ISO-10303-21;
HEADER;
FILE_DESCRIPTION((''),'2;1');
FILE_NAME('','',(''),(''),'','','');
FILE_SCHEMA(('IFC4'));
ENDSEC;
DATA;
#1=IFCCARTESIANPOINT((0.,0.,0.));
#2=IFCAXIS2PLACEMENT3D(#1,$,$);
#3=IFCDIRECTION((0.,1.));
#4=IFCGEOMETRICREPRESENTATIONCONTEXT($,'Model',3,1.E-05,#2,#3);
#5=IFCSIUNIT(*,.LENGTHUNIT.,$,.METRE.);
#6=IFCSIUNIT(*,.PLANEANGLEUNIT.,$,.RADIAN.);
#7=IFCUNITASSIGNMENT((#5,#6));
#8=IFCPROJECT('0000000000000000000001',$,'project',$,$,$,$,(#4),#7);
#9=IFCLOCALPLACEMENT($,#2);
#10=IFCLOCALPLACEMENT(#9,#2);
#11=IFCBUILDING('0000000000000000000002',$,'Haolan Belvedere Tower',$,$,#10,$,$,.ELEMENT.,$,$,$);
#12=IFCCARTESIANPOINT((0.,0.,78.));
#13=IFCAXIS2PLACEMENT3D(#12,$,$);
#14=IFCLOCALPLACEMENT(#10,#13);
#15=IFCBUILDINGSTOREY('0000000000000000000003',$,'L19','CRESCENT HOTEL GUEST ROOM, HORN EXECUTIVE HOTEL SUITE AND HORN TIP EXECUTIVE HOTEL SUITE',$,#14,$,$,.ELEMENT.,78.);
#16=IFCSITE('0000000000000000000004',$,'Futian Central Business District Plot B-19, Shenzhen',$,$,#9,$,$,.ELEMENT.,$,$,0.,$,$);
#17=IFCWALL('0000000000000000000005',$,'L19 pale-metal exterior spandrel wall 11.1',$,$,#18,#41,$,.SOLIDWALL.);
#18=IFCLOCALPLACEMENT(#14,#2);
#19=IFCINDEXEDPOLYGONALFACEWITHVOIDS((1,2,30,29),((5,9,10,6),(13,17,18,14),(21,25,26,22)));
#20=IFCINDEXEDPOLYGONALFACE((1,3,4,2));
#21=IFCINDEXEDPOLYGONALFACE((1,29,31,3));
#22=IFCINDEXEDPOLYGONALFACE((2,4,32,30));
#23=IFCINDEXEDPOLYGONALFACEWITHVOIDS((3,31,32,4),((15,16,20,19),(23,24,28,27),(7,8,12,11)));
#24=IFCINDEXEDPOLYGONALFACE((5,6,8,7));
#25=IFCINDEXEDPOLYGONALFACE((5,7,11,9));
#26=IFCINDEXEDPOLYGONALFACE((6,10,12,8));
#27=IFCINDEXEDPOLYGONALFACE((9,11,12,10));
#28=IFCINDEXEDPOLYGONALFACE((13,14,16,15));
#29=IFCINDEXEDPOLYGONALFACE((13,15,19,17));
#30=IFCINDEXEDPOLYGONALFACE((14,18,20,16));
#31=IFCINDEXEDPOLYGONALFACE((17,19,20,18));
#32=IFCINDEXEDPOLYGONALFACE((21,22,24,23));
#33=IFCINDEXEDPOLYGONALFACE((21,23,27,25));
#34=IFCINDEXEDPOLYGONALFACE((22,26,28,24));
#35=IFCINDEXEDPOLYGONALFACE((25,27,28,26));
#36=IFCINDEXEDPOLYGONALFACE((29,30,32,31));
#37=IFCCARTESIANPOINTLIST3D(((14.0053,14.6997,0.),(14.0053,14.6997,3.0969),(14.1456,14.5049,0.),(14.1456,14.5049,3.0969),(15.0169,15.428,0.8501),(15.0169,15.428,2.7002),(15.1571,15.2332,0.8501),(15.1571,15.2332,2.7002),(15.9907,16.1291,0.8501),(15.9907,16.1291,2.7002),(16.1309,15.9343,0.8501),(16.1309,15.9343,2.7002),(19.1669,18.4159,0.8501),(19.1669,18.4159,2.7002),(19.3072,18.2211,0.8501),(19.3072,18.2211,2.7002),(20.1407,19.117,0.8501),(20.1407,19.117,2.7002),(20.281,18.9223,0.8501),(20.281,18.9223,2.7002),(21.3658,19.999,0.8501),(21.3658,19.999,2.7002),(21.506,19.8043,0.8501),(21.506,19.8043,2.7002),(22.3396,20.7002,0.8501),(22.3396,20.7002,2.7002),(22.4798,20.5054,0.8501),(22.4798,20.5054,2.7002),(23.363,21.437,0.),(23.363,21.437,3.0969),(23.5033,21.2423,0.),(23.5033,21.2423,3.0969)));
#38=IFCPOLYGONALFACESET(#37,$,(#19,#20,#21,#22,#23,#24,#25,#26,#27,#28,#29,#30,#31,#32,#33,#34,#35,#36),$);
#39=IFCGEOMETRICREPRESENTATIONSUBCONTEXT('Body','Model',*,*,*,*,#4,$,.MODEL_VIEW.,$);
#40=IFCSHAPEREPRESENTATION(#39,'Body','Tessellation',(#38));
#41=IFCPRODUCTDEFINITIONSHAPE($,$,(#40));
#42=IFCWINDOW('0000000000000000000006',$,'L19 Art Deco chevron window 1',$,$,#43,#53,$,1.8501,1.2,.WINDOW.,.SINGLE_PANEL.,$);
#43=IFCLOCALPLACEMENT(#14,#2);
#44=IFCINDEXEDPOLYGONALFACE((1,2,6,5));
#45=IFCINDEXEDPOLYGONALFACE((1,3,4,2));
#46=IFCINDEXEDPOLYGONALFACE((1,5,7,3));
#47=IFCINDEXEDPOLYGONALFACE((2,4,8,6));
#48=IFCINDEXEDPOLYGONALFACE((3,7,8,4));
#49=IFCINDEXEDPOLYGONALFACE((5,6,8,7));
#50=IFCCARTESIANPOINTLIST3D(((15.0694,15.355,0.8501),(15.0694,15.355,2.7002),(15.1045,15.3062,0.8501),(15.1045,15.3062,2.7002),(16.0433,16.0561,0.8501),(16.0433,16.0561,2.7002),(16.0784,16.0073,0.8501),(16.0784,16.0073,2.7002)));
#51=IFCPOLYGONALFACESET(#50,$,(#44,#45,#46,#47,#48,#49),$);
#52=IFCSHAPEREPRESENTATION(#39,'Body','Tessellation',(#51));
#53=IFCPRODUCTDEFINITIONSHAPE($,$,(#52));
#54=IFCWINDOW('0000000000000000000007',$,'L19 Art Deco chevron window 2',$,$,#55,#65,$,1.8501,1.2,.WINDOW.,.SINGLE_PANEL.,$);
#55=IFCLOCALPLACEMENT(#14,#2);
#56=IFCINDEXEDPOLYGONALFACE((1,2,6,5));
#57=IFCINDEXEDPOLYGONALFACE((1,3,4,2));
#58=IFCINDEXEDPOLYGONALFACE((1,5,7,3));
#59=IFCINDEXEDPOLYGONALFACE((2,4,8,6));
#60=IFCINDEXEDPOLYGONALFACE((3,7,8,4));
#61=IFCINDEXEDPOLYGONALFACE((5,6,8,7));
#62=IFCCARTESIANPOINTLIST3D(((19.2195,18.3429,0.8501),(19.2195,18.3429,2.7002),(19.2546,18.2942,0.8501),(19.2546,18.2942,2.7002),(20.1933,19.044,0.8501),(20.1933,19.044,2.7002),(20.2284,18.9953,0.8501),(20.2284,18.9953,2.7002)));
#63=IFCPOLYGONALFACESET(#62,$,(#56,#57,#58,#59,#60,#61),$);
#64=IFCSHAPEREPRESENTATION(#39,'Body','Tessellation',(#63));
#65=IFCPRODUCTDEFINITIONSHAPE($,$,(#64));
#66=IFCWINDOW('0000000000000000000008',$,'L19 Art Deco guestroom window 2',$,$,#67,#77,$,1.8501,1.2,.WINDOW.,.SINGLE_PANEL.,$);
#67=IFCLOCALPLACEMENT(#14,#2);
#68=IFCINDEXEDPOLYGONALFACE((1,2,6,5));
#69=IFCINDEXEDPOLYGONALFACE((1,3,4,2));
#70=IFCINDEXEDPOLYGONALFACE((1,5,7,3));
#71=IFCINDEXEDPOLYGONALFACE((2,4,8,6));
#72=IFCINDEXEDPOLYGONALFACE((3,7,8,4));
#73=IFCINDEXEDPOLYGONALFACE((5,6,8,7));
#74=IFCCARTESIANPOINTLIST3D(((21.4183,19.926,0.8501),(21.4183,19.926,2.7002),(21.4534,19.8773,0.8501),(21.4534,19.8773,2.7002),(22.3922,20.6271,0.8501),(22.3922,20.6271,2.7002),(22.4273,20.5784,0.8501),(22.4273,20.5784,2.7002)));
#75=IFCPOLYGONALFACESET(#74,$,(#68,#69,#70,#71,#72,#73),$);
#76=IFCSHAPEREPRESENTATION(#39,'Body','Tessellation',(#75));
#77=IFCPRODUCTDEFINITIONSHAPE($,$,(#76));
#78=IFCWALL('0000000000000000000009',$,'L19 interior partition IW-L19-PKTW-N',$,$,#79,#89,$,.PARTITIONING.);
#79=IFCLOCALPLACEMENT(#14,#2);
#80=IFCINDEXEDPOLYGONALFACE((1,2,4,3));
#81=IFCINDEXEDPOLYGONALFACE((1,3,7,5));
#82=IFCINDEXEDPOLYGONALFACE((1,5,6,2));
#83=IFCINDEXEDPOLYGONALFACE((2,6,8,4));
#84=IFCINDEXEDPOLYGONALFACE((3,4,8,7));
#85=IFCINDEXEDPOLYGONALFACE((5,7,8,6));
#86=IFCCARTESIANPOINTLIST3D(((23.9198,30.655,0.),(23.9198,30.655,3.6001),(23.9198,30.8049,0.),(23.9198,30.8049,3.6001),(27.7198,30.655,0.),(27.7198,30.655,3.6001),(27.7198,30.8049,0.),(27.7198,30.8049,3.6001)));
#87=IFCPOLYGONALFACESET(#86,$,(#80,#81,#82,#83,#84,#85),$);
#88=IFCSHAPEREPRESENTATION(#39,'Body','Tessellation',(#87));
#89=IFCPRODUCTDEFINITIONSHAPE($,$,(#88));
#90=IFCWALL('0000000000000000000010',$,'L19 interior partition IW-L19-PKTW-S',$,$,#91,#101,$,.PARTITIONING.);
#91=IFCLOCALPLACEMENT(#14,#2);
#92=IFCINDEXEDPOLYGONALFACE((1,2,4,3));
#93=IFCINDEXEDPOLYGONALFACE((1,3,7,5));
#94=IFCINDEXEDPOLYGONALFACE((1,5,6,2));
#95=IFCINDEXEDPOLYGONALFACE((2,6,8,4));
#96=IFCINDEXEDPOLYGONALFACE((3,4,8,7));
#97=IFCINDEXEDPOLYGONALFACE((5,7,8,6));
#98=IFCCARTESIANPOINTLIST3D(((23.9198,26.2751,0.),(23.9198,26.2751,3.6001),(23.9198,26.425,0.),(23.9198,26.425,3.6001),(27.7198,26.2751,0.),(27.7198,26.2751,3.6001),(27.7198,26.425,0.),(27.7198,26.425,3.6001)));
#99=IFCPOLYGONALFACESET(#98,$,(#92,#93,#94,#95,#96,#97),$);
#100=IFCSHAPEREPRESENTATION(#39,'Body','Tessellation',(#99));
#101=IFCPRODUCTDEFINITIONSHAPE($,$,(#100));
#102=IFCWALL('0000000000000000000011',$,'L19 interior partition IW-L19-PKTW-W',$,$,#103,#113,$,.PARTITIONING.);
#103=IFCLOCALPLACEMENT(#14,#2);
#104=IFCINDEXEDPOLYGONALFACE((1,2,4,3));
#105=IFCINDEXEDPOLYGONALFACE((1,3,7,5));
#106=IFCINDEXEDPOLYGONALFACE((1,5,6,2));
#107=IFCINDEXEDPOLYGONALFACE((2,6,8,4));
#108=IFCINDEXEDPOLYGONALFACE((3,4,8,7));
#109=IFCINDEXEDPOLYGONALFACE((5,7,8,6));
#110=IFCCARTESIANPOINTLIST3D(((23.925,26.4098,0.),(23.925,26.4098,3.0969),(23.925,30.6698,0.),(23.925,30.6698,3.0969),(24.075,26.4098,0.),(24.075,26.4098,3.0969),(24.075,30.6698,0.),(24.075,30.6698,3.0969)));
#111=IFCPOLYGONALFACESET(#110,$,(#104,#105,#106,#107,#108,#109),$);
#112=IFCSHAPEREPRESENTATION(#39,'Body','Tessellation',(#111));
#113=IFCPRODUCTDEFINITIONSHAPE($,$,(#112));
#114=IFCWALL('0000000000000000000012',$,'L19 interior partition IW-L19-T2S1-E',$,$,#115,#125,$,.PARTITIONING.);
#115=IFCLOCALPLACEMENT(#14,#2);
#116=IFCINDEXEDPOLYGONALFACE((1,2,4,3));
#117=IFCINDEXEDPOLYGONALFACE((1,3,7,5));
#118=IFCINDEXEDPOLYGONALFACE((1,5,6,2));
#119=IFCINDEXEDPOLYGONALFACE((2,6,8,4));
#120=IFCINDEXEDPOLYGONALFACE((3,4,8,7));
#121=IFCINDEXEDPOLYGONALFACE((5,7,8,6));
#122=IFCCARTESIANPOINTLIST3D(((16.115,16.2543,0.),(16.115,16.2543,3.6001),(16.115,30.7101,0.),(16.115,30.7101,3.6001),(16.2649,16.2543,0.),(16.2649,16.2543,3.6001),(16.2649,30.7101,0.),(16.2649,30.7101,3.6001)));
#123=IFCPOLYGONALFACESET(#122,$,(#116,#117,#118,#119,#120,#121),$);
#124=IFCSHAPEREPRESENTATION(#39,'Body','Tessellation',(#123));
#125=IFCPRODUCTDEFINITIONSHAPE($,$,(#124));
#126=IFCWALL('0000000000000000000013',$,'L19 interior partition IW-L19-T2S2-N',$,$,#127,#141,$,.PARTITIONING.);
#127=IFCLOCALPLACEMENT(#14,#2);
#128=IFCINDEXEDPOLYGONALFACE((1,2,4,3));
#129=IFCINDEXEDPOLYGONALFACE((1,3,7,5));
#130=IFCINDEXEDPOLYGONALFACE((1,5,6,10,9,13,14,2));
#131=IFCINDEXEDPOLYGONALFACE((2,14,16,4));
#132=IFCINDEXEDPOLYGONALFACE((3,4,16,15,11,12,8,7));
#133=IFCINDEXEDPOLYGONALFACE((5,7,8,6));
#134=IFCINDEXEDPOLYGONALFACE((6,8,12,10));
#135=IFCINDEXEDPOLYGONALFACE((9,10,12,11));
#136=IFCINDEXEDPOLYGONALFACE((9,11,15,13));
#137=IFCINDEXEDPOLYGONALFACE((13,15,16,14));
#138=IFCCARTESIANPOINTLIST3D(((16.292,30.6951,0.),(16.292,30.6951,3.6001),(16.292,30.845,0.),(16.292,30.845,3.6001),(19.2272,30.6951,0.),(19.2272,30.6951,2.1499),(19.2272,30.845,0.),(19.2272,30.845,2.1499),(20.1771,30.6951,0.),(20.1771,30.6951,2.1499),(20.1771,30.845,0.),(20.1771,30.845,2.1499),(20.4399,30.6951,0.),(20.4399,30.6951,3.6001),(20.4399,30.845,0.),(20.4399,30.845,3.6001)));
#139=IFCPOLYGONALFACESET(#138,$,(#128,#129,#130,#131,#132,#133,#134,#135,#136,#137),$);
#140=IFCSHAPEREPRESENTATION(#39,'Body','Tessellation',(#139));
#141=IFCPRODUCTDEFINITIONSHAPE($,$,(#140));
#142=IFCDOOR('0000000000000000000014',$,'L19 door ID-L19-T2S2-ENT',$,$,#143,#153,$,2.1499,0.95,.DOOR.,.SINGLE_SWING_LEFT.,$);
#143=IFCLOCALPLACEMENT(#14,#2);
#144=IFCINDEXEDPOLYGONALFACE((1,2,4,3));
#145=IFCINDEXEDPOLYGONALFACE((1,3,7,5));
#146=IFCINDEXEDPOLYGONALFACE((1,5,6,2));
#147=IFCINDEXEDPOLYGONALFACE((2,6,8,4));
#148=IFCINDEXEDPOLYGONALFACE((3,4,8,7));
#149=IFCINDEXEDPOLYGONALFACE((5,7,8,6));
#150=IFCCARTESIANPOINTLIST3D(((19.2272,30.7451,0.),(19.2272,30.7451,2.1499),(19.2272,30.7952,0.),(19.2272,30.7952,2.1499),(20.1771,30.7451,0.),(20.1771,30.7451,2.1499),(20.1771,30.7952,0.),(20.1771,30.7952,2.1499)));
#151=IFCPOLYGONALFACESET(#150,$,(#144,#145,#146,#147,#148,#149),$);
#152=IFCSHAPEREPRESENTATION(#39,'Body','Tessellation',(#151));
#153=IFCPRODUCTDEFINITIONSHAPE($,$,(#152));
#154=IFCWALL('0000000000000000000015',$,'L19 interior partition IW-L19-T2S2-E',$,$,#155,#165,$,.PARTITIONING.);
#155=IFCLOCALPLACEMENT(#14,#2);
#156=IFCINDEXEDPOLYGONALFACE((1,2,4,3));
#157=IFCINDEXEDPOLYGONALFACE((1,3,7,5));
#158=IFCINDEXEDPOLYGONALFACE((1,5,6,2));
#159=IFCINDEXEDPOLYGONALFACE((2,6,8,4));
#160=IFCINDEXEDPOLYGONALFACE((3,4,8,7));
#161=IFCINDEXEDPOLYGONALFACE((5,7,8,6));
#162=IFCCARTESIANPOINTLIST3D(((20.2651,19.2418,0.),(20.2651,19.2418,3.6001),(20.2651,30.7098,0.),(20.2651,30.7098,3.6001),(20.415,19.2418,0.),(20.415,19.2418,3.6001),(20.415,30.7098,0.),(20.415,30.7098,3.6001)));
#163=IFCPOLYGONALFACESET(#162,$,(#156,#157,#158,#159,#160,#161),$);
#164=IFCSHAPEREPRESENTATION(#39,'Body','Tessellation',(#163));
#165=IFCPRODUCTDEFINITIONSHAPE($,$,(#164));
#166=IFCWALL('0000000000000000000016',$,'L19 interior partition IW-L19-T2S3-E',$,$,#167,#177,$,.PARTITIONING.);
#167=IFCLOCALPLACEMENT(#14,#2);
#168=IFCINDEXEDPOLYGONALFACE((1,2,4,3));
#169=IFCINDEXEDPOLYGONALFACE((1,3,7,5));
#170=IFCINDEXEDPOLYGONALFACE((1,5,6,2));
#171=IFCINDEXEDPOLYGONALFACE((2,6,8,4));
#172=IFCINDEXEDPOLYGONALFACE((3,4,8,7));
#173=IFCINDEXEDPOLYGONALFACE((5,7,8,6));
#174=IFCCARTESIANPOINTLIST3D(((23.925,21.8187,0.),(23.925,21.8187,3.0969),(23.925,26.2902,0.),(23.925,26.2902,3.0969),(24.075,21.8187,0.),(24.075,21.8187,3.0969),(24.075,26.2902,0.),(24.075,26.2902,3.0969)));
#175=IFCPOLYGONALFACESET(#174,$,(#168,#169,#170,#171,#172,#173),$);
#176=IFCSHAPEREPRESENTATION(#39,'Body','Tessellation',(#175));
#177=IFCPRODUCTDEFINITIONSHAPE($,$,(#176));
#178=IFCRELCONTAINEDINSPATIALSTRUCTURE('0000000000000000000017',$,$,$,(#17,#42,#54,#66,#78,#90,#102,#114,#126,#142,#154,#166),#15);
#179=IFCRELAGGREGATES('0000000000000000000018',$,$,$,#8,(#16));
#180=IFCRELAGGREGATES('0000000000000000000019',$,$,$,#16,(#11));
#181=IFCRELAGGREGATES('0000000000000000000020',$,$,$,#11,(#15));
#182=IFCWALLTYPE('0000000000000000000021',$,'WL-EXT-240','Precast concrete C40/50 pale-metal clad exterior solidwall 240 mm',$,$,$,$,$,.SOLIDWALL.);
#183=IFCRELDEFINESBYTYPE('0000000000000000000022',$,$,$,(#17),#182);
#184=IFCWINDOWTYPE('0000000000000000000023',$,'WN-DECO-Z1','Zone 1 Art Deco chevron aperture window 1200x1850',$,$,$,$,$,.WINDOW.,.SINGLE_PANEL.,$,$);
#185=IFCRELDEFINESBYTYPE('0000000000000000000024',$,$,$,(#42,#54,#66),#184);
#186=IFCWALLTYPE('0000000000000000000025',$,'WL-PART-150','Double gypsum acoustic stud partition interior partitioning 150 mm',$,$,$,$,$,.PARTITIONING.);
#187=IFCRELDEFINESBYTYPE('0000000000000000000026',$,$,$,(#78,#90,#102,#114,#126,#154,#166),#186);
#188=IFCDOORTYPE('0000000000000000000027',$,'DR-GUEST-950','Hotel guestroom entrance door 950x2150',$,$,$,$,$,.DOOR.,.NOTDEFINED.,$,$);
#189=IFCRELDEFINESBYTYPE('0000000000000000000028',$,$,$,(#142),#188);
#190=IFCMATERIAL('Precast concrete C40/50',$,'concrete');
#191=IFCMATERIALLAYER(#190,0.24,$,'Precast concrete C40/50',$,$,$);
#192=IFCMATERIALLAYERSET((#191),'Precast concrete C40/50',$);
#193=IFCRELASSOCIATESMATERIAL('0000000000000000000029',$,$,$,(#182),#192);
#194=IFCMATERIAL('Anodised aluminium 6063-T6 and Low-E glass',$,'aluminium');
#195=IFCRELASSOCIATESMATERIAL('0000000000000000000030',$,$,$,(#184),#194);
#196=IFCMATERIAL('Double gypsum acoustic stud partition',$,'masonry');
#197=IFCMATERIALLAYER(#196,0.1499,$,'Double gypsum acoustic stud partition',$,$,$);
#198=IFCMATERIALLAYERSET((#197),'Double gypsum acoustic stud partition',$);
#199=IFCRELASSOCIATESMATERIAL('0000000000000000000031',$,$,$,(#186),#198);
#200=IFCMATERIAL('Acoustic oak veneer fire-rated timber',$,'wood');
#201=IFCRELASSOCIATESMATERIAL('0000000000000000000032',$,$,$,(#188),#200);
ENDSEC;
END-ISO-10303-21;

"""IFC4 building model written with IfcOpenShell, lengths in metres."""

from ifc_helpers import new_model, si_unit, direction, frame, frame_2d, origin, place, context, subcontext, project, spatial, rectangle, extrude, material, layer, layer_set, type_object, element, fill, save


model = new_model("IFC4")

# Units and contexts
model_context = context("Model", 3, precision=1e-05, world=origin(), true_north=direction((0.0, 1.0)))
body_context = subcontext(model_context, "Body", "Model", "MODEL_VIEW")
ifc_project = project(units=[si_unit("LENGTHUNIT", "METRE"), si_unit("PLANEANGLEUNIT", "RADIAN")], contexts=[model_context])

# Site, building, storey
site_placement = place(None, origin())
site = spatial("IfcSite", under=ifc_project, at=site_placement, Name="Futian Central Business District Plot B-19, Shenzhen", CompositionType="ELEMENT", RefElevation=0.0)
building_placement = place(site_placement, origin())
building = spatial("IfcBuilding", under=site, at=building_placement, Name="Haolan Belvedere Tower", CompositionType="ELEMENT")
storey_placement = place(building_placement, frame((0.0, 0.0, 78.0)))
storey = spatial("IfcBuildingStorey", under=building, at=storey_placement, Name="L19", Description="CRESCENT HOTEL GUEST ROOM, HORN EXECUTIVE HOTEL SUITE AND HORN TIP EXECUTIVE HOTEL SUITE", CompositionType="ELEMENT", Elevation=78.0)

# Shared definitions
ifc_material_1 = material(Name="Precast concrete C40/50", Category="concrete")
ifc_layer_1 = layer(ifc_material_1, 0.24, Name="Precast concrete C40/50")
ifc_layer_set_1 = layer_set([ifc_layer_1], Name="Precast concrete C40/50")
wall_type_1 = type_object("IfcWallType", Name="WL-EXT-240", Description="Precast concrete C40/50 pale-metal clad exterior solidwall 240 mm", PredefinedType="SOLIDWALL", material=ifc_layer_set_1)

# Wall, openings, windows
wall_1_placement = place(storey_placement, frame((14.0754, 14.6023, 0.0), z_axis=(0.0, 0.0, 1.0), x_axis=(0.811543, 0.584292, 0.0)))
wall_1 = element("IfcWall", 1, at=wall_1_placement, inside=storey, type_object=wall_type_1, Name="L19 pale-metal exterior spandrel wall 11.1", PredefinedType="SOLIDWALL", context=body_context, shape_type="SweptSolid", body=[
    extrude(rectangle(XDim=11.5308, YDim=0.24, at=frame_2d((5.7654, 0.0))), origin(), (0.0, 0.0, 1.0), 3.0969),
])
opening_1_placement = place(wall_1_placement, frame((1.2463, 0.0, 0.8501)))
opening_1 = element("IfcOpeningElement", 2, at=opening_1_placement, cuts=wall_1, PredefinedType="OPENING", context=body_context, shape_type="SweptSolid", body=[
    extrude(rectangle(XDim=1.2, YDim=1.8501, at=frame_2d((0.6001, 0.925))), frame((0.0, 0.1299, 0.0), z_axis=(0.0, -1.0, 0.0), x_axis=(1.0, 0.0, 0.0)), (0.0, 0.0, 1.0), 0.26),
])
opening_2_placement = place(wall_1_placement, frame((6.3601, 0.0, 0.8501)))
opening_2 = element("IfcOpeningElement", 3, at=opening_2_placement, cuts=wall_1, PredefinedType="OPENING", context=body_context, shape_type="SweptSolid", body=[
    extrude(rectangle(XDim=1.2, YDim=1.8501, at=frame_2d((0.6001, 0.925))), frame((0.0, 0.1299, 0.0), z_axis=(0.0, -1.0, 0.0), x_axis=(1.0, 0.0, 0.0)), (0.0, 0.0, 1.0), 0.26),
])
opening_3_placement = place(wall_1_placement, frame((9.0696, 0.0, 0.8501)))
opening_3 = element("IfcOpeningElement", 4, at=opening_3_placement, cuts=wall_1, PredefinedType="OPENING", context=body_context, shape_type="SweptSolid", body=[
    extrude(rectangle(XDim=1.2, YDim=1.8501, at=frame_2d((0.6001, 0.925))), frame((0.0, 0.1299, 0.0), z_axis=(0.0, -1.0, 0.0), x_axis=(1.0, 0.0, 0.0)), (0.0, 0.0, 1.0), 0.26),
])
ifc_material_2 = material(Name="Anodised aluminium 6063-T6 and Low-E glass", Category="aluminium")
window_type = type_object("IfcWindowType", Name="WN-DECO-Z1", Description="Zone 1 Art Deco chevron aperture window 1200x1850", PartitioningType="SINGLE_PANEL", PredefinedType="WINDOW", material=ifc_material_2)
window_1_placement = place(opening_1_placement, origin())
window_1 = element("IfcWindow", 5, at=window_1_placement, inside=storey, type_object=window_type, Name="L19 Art Deco chevron window 1", OverallHeight=1.8501, OverallWidth=1.2, PartitioningType="SINGLE_PANEL", PredefinedType="WINDOW", context=body_context, shape_type="SweptSolid", body=[
    extrude(rectangle(XDim=1.2, YDim=1.8501, at=frame_2d((0.6001, 0.925))), frame((0.0, 0.03, 0.0), z_axis=(0.0, -1.0, 0.0), x_axis=(1.0, 0.0, 0.0)), (0.0, 0.0, 1.0), 0.0601),
])
fill(opening_1, window_1)
window_2_placement = place(opening_2_placement, origin())
window_2 = element("IfcWindow", 6, at=window_2_placement, inside=storey, type_object=window_type, Name="L19 Art Deco chevron window 2", OverallHeight=1.8501, OverallWidth=1.2, PartitioningType="SINGLE_PANEL", PredefinedType="WINDOW", context=body_context, shape_type="SweptSolid", body=[
    extrude(rectangle(XDim=1.2, YDim=1.8501, at=frame_2d((0.6001, 0.925))), frame((0.0, 0.03, 0.0), z_axis=(0.0, -1.0, 0.0), x_axis=(1.0, 0.0, 0.0)), (0.0, 0.0, 1.0), 0.0601),
])
fill(opening_2, window_2)
window_3_placement = place(opening_3_placement, origin())
window_3 = element("IfcWindow", 7, at=window_3_placement, inside=storey, type_object=window_type, Name="L19 Art Deco guestroom window 2", OverallHeight=1.8501, OverallWidth=1.2, PartitioningType="SINGLE_PANEL", PredefinedType="WINDOW", context=body_context, shape_type="SweptSolid", body=[
    extrude(rectangle(XDim=1.2, YDim=1.8501, at=frame_2d((0.6001, 0.925))), frame((0.0, 0.03, 0.0), z_axis=(0.0, -1.0, 0.0), x_axis=(1.0, 0.0, 0.0)), (0.0, 0.0, 1.0), 0.0601),
])
fill(opening_3, window_3)

# Walls
ifc_material_3 = material(Name="Double gypsum acoustic stud partition", Category="masonry")
ifc_layer_2 = layer(ifc_material_3, 0.1499, Name="Double gypsum acoustic stud partition")
ifc_layer_set_2 = layer_set([ifc_layer_2], Name="Double gypsum acoustic stud partition")
wall_type_2 = type_object("IfcWallType", Name="WL-PART-150", Description="Double gypsum acoustic stud partition interior partitioning 150 mm", PredefinedType="PARTITIONING", material=ifc_layer_set_2)
for number, where, z_axis, x_axis, name in (
    (8, (23.9199, 30.73, 0.0), (0.0, 0.0, 1.0), (1.0, 0.0, 0.0), "L19 interior partition IW-L19-PKTW-N"),
    (9, (23.9199, 26.3501, 0.0), (0.0, 0.0, 1.0), (1.0, 0.0, 0.0), "L19 interior partition IW-L19-PKTW-S"),
):
    element("IfcWall", number, at=place(storey_placement, frame(where, z_axis=z_axis, x_axis=x_axis)), inside=storey, type_object=wall_type_2, Name=name, PredefinedType="PARTITIONING", context=body_context, shape_type="SweptSolid", body=[
        extrude(rectangle(XDim=3.8, YDim=0.1499, at=frame_2d((1.8999, 0.0))), origin(), (0.0, 0.0, 1.0), 3.6001),
    ])
wall_2_placement = place(storey_placement, frame((24.0, 26.4099, 0.0), z_axis=(0.0, 0.0, 1.0), x_axis=(0.0, 1.0, 0.0)))
element("IfcWall", 10, at=wall_2_placement, inside=storey, type_object=wall_type_2, Name="L19 interior partition IW-L19-PKTW-W", PredefinedType="PARTITIONING", context=body_context, shape_type="SweptSolid", body=[
    extrude(rectangle(XDim=4.26, YDim=0.1499, at=frame_2d((2.1299, 0.0))), origin(), (0.0, 0.0, 1.0), 3.0969),
])
wall_3_placement = place(storey_placement, frame((16.1899, 16.2542, 0.0), z_axis=(0.0, 0.0, 1.0), x_axis=(0.0, 1.0, 0.0)))
element("IfcWall", 11, at=wall_3_placement, inside=storey, type_object=wall_type_2, Name="L19 interior partition IW-L19-T2S1-E", PredefinedType="PARTITIONING", context=body_context, shape_type="SweptSolid", body=[
    extrude(rectangle(XDim=14.4558, YDim=0.1499, at=frame_2d((7.228, 0.0))), origin(), (0.0, 0.0, 1.0), 3.6001),
])

# Wall, opening, door
wall_4_placement = place(storey_placement, frame((16.292, 30.77, 0.0), z_axis=(0.0, 0.0, 1.0), x_axis=(1.0, 0.0, 0.0)))
wall_4 = element("IfcWall", 12, at=wall_4_placement, inside=storey, type_object=wall_type_2, Name="L19 interior partition IW-L19-T2S2-N", PredefinedType="PARTITIONING", context=body_context, shape_type="SweptSolid", body=[
    extrude(rectangle(XDim=4.1479, YDim=0.1499, at=frame_2d((2.074, 0.0))), origin(), (0.0, 0.0, 1.0), 3.6001),
])
opening_4_placement = place(wall_4_placement, frame((3.8853, 0.0, 0.0), z_axis=(0.0, 0.0, 1.0), x_axis=(-1.0, 0.0, 0.0)))
opening_4 = element("IfcOpeningElement", 13, at=opening_4_placement, cuts=wall_4, PredefinedType="OPENING", context=body_context, shape_type="SweptSolid", body=[
    extrude(rectangle(XDim=0.95, YDim=2.1499, at=frame_2d((0.4751, 1.075))), frame((0.0, 0.085, 0.0), z_axis=(0.0, -1.0, 0.0), x_axis=(1.0, 0.0, 0.0)), (0.0, 0.0, 1.0), 0.1699),
])
ifc_material_4 = material(Name="Acoustic oak veneer fire-rated timber", Category="wood")
door_type_1 = type_object("IfcDoorType", Name="DR-GUEST-950", Description="Hotel guestroom entrance door 950x2150", OperationType="NOTDEFINED", PredefinedType="DOOR", material=ifc_material_4)
door_1_placement = place(opening_4_placement, origin())
door_1 = element("IfcDoor", 14, at=door_1_placement, inside=storey, type_object=door_type_1, Name="L19 door ID-L19-T2S2-ENT", OperationType="SINGLE_SWING_LEFT", OverallHeight=2.1499, OverallWidth=0.95, PredefinedType="DOOR", context=body_context, shape_type="SweptSolid", body=[
    extrude(rectangle(XDim=0.95, YDim=2.1499, at=frame_2d((0.4751, 1.075))), frame((0.0, 0.0249, 0.0), z_axis=(0.0, -1.0, 0.0), x_axis=(1.0, 0.0, 0.0)), (0.0, 0.0, 1.0), 0.05),
])
fill(opening_4, door_1)

# Walls
wall_5_placement = place(storey_placement, frame((20.3401, 19.2419, 0.0), z_axis=(0.0, 0.0, 1.0), x_axis=(0.0, 1.0, 0.0)))
element("IfcWall", 15, at=wall_5_placement, inside=storey, type_object=wall_type_2, Name="L19 interior partition IW-L19-T2S2-E", PredefinedType="PARTITIONING", context=body_context, shape_type="SweptSolid", body=[
    extrude(rectangle(XDim=11.468, YDim=0.1499, at=frame_2d((5.7339, 0.0))), origin(), (0.0, 0.0, 1.0), 3.6001),
])
wall_6_placement = place(storey_placement, frame((24.0, 21.8186, 0.0), z_axis=(0.0, 0.0, 1.0), x_axis=(0.0, 1.0, 0.0)))
element("IfcWall", 16, at=wall_6_placement, inside=storey, type_object=wall_type_2, Name="L19 interior partition IW-L19-T2S3-E", PredefinedType="PARTITIONING", context=body_context, shape_type="SweptSolid", body=[
    extrude(rectangle(XDim=4.4714, YDim=0.1499, at=frame_2d((2.2358, 0.0))), origin(), (0.0, 0.0, 1.0), 3.0969),
])

save(model, "model.ifc")
